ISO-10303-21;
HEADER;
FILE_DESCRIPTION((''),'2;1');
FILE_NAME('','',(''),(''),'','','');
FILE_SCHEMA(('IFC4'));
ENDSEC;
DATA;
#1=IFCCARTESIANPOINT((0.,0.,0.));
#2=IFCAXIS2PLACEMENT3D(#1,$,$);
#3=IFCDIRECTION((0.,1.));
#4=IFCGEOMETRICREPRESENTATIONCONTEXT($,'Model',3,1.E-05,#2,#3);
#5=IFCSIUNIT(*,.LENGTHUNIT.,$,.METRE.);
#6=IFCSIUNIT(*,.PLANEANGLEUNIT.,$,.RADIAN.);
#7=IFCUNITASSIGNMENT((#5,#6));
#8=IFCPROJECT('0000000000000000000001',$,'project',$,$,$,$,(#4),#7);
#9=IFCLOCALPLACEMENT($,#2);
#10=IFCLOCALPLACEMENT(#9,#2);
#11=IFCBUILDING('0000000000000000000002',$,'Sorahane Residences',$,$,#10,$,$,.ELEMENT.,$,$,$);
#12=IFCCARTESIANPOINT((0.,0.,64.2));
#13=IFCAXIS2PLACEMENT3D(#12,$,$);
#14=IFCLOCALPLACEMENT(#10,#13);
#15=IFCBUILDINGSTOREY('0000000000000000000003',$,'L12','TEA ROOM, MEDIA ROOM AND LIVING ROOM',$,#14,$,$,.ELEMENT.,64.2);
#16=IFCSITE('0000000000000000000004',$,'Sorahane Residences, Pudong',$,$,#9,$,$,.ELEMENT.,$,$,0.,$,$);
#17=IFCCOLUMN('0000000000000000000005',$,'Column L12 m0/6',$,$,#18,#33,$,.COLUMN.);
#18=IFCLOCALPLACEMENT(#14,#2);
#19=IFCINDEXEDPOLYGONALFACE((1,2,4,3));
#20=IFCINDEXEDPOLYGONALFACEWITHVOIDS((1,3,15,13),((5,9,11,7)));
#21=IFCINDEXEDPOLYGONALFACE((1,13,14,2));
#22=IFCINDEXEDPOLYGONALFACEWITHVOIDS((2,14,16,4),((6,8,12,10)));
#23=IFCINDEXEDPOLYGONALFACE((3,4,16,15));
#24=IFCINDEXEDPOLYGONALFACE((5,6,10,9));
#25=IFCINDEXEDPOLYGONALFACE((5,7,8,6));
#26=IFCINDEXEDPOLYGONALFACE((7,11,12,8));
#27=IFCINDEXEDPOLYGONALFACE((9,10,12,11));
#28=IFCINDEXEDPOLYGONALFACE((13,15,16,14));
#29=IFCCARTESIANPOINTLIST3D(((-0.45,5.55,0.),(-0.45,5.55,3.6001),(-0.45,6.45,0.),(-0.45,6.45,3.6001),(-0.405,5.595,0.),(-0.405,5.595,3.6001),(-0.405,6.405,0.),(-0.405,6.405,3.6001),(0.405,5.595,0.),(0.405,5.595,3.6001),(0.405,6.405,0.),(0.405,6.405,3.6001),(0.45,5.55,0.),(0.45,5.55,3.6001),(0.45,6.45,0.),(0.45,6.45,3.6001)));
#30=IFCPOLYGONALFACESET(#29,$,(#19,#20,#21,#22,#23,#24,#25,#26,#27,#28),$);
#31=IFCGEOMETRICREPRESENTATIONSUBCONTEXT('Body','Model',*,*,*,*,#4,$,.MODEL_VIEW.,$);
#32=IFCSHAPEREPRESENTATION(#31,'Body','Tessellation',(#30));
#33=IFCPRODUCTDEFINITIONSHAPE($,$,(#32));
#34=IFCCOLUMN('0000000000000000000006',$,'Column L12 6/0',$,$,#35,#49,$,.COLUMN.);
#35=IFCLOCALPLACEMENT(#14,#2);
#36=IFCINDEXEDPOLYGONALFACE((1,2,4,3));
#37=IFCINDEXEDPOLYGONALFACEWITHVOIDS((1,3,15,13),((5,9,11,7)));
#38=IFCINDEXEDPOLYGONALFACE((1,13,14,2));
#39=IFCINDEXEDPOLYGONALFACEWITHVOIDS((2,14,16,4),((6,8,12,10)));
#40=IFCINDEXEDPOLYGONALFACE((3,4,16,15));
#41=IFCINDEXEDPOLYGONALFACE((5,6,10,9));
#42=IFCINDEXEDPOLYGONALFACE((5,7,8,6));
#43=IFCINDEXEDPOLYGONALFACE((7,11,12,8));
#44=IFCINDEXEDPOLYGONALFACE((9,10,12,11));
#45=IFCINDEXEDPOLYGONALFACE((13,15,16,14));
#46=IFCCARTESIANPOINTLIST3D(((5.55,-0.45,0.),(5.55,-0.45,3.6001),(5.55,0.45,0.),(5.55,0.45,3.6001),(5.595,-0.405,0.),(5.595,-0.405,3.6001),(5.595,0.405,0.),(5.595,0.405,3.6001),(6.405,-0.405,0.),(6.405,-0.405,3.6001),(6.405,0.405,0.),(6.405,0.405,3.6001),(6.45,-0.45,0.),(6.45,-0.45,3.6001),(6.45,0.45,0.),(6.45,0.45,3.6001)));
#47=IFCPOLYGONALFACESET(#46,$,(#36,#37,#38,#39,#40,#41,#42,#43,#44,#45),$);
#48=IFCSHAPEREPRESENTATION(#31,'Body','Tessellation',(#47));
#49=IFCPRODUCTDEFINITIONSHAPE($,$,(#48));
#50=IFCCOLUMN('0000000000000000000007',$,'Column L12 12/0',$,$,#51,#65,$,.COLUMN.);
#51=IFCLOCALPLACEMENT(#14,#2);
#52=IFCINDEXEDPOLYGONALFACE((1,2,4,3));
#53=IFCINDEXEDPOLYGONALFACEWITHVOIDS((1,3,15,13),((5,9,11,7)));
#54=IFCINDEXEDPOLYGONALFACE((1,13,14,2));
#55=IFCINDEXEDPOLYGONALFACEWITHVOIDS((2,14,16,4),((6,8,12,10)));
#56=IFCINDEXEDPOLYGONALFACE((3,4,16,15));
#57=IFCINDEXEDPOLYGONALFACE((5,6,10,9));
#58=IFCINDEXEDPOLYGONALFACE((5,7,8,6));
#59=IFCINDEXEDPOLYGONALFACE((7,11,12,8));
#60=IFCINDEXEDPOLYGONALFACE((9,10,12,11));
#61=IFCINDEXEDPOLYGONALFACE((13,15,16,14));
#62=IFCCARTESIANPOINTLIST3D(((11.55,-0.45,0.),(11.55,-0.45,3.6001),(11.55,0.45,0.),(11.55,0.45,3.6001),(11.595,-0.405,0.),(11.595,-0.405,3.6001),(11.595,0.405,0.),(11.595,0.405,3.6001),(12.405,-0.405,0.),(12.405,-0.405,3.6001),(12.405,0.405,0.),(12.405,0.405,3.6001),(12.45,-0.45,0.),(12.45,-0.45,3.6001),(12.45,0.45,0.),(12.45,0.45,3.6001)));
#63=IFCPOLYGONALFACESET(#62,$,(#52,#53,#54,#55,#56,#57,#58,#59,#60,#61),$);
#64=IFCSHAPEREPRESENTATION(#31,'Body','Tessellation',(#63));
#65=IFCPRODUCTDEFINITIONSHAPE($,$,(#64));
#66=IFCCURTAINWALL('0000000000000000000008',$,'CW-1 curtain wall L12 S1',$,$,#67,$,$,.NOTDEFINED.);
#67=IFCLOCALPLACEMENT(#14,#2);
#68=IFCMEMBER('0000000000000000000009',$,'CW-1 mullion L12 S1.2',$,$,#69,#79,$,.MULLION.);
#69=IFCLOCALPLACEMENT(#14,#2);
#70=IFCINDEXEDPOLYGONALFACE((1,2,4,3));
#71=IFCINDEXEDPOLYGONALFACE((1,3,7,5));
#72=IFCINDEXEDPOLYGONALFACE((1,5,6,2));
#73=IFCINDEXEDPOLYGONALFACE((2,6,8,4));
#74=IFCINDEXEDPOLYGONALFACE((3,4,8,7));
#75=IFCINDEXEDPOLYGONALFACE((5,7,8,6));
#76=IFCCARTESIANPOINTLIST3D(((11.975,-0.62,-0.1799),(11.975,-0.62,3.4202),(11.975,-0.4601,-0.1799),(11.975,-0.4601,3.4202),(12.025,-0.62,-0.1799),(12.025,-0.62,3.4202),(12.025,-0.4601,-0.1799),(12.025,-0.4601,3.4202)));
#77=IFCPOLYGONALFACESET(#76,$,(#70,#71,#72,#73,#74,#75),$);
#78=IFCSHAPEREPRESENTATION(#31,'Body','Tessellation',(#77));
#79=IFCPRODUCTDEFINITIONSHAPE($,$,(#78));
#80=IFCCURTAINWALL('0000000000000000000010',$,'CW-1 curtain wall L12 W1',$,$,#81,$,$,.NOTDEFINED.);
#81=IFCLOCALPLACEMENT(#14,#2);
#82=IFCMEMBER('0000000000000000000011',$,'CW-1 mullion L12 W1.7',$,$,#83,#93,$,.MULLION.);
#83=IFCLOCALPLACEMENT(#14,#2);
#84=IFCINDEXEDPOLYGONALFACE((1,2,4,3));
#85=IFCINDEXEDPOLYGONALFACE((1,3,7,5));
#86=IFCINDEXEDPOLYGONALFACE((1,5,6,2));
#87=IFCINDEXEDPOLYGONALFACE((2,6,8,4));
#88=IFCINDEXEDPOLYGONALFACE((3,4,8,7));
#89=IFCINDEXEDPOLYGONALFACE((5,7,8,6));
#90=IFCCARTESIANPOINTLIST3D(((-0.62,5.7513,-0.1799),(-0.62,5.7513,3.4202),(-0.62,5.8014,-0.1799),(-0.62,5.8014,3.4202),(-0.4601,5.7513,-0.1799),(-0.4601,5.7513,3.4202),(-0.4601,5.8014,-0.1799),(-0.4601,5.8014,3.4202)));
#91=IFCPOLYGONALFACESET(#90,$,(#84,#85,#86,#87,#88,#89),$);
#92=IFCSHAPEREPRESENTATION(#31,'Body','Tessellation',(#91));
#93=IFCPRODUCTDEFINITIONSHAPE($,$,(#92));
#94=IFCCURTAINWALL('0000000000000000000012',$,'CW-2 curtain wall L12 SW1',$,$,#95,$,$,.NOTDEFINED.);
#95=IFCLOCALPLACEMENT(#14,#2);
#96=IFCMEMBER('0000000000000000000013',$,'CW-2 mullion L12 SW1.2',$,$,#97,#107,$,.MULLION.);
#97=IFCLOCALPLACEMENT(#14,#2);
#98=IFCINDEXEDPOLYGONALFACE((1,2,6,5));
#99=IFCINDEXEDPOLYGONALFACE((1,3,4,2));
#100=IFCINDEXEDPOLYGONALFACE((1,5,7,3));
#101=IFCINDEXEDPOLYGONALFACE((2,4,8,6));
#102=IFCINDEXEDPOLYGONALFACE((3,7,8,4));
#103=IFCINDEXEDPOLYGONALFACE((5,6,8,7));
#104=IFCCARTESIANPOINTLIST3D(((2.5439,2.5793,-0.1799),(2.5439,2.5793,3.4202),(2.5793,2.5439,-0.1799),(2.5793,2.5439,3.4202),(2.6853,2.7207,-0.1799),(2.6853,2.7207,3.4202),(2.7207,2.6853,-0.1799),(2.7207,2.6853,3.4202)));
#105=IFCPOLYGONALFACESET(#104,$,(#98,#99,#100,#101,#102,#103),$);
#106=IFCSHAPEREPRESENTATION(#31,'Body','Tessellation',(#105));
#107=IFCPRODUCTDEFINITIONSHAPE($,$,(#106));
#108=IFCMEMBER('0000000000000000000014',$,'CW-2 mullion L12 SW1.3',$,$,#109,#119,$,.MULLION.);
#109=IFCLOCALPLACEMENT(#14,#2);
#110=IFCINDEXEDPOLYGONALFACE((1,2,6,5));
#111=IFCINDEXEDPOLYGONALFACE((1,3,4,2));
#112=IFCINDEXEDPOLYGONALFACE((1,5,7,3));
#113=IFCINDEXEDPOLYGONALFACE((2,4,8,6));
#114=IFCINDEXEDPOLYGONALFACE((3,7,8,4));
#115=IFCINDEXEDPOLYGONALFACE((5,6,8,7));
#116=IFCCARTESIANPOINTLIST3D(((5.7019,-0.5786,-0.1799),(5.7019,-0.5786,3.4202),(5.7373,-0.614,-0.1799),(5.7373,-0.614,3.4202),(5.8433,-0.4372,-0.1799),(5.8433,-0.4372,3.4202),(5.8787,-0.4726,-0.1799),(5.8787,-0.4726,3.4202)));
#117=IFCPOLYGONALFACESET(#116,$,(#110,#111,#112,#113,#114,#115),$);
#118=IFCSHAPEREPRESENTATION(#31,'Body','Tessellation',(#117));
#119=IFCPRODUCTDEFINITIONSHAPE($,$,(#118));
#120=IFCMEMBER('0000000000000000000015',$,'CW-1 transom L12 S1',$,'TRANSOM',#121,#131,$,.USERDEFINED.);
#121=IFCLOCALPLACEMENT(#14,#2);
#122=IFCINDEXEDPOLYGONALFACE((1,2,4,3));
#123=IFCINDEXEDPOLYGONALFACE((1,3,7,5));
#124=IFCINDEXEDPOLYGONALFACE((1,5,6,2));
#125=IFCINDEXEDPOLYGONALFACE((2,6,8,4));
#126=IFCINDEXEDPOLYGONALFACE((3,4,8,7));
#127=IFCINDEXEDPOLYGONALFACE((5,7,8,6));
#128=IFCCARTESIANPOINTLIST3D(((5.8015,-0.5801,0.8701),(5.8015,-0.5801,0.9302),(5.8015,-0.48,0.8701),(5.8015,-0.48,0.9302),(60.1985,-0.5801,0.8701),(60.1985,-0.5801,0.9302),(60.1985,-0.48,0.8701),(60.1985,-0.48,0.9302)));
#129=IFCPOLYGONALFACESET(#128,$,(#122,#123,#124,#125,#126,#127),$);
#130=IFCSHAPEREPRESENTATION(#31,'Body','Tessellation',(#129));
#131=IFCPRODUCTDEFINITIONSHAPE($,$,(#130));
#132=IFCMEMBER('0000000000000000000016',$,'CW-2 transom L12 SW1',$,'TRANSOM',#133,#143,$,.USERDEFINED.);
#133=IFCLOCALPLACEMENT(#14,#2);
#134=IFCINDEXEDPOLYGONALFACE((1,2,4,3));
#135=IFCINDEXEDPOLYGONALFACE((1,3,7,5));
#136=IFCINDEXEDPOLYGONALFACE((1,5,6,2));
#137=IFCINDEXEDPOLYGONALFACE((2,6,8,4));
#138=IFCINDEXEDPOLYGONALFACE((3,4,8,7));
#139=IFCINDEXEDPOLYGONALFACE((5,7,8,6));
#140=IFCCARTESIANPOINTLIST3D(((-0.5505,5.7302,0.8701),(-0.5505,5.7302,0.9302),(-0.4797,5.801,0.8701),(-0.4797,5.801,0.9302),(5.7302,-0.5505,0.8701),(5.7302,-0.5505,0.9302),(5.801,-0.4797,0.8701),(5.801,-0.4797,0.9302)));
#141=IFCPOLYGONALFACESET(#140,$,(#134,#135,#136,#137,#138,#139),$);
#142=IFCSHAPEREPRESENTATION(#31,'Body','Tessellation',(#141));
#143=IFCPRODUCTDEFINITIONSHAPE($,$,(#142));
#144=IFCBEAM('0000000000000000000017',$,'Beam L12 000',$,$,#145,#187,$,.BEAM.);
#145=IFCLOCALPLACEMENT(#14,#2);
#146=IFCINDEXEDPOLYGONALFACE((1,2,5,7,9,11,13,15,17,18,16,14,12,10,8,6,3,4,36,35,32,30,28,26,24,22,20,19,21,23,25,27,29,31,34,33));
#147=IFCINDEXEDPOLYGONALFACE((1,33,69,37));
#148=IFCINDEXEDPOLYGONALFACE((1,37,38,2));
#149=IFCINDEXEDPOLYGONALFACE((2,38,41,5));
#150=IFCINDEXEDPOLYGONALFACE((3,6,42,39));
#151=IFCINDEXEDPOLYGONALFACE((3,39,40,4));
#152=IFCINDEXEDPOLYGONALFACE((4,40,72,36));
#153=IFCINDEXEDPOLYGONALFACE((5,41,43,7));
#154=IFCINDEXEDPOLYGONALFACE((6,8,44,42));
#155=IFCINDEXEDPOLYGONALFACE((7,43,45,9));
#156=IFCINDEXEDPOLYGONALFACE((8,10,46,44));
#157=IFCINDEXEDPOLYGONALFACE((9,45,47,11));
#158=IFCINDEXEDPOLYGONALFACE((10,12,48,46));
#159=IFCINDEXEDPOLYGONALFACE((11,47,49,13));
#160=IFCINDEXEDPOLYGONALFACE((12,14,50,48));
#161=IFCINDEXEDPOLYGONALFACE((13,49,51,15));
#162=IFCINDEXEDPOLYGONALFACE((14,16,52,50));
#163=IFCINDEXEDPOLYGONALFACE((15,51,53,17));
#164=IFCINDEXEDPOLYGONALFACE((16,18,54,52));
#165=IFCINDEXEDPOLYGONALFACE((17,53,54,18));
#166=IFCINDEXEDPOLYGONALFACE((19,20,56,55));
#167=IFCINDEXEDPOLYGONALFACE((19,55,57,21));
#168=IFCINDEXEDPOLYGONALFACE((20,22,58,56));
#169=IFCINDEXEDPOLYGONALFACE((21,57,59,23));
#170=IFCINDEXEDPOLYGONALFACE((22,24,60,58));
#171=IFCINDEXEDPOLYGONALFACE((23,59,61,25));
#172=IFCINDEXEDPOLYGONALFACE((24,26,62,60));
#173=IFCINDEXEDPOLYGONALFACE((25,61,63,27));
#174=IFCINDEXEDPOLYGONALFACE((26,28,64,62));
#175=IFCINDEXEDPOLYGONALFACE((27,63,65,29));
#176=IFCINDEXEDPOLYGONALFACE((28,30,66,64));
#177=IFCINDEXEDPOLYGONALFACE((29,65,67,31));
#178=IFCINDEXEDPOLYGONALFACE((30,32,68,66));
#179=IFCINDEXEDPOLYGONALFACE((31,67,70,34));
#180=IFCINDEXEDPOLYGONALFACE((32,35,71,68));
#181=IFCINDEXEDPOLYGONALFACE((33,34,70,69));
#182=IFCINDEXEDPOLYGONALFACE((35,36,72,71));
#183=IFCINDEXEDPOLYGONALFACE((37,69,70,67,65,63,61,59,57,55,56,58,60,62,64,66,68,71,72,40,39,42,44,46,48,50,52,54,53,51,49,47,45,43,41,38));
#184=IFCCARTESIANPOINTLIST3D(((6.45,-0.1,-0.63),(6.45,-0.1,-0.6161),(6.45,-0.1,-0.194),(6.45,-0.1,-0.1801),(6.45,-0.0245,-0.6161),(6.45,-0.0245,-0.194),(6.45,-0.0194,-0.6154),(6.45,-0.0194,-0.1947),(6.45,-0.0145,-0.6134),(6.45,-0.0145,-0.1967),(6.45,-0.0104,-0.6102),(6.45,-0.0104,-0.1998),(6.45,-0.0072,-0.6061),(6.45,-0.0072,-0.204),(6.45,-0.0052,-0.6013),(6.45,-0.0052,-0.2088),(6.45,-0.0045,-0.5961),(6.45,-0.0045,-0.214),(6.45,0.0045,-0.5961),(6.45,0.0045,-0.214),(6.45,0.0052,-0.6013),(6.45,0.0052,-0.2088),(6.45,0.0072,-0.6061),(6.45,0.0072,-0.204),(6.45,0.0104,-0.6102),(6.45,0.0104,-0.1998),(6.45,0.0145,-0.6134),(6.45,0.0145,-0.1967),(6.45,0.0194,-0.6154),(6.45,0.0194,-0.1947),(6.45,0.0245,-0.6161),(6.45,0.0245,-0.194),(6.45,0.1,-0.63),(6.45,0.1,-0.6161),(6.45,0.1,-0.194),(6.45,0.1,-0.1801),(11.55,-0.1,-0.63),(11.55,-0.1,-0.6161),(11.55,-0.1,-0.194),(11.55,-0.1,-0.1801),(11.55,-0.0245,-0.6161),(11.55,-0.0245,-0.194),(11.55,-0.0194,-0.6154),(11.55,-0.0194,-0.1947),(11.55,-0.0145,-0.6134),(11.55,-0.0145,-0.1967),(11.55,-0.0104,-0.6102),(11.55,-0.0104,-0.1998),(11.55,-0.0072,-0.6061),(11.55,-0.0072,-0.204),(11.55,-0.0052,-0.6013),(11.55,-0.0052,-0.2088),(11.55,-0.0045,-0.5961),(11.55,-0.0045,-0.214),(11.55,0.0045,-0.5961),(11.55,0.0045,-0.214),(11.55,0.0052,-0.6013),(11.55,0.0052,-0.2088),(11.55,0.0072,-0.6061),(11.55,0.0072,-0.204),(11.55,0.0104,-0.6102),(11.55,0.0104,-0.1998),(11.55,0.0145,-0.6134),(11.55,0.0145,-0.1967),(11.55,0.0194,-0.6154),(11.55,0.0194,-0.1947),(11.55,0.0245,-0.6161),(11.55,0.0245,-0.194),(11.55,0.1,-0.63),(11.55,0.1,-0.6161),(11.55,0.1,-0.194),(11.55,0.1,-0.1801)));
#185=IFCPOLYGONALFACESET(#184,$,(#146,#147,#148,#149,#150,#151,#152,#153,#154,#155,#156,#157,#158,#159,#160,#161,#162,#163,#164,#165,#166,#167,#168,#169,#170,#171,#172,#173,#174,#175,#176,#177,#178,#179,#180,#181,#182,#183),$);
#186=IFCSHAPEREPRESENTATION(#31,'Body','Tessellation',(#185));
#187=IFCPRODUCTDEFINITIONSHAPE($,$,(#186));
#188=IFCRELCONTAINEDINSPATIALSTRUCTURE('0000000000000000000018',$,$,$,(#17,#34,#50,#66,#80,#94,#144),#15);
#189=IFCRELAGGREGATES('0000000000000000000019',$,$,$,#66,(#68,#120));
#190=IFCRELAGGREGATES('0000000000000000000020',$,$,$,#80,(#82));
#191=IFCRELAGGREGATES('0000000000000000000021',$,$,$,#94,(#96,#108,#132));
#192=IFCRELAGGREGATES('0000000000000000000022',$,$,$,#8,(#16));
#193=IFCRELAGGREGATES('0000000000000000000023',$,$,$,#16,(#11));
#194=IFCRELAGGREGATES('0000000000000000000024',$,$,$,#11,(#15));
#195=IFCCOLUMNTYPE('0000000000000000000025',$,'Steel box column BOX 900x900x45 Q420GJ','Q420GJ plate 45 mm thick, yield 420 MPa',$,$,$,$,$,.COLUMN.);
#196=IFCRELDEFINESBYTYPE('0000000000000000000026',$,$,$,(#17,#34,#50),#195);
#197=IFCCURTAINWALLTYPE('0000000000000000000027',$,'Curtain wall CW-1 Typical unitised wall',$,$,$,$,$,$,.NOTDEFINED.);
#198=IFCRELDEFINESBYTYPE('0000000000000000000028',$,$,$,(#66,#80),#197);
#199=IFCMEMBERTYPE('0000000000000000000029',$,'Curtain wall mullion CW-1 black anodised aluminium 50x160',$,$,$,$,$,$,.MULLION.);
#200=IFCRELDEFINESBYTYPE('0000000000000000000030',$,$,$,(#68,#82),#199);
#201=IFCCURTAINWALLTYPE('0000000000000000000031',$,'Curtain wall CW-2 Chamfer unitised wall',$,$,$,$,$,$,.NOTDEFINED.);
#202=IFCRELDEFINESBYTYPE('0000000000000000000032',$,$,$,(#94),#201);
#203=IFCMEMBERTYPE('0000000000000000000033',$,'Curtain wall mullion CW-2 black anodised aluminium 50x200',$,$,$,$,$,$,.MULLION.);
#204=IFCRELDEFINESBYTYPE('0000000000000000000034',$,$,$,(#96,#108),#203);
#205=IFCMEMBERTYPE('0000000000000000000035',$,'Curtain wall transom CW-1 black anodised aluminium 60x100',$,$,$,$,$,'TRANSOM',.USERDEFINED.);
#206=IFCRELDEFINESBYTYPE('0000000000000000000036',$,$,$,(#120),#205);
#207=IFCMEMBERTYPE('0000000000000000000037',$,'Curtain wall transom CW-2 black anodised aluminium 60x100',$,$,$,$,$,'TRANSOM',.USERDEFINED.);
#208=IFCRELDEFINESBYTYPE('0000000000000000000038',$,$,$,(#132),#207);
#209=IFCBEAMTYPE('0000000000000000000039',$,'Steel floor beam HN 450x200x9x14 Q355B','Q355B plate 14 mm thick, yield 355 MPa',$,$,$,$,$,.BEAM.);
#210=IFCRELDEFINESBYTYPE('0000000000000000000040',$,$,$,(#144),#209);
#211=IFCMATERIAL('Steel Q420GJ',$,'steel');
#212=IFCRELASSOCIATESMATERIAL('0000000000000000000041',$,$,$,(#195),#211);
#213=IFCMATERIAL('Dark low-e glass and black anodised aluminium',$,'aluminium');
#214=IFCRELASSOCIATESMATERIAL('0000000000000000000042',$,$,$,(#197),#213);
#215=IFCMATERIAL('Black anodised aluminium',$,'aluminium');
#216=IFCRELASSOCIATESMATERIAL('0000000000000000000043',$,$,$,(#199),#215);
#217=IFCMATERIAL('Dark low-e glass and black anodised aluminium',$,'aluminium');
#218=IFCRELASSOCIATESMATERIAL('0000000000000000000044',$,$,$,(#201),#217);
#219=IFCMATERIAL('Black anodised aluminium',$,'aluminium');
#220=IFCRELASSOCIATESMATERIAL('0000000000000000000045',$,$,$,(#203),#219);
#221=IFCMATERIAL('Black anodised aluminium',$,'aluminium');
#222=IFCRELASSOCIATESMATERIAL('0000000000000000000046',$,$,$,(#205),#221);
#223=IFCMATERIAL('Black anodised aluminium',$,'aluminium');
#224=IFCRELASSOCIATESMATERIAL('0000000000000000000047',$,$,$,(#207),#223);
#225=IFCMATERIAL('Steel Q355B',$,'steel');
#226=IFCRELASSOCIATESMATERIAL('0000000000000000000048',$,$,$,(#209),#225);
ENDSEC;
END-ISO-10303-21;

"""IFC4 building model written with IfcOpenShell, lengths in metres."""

from ifc_helpers import new_model, si_unit, direction, frame, origin, origin_2d, place, context, subcontext, project, spatial, rectangle, hollow_rectangle, i_section, extrude, material, material_profile, profile_set, type_object, element, aggregate, save


model = new_model("IFC4")

# Units and contexts
model_context = context("Model", 3, precision=1e-05, world=origin(), true_north=direction((0.0, 1.0)))
body_context = subcontext(model_context, "Body", "Model", "MODEL_VIEW")
ifc_project = project(units=[si_unit("LENGTHUNIT", "METRE"), si_unit("PLANEANGLEUNIT", "RADIAN")], contexts=[model_context])

# Site, building, storey
site_placement = place(None, origin())
site = spatial("IfcSite", under=ifc_project, at=site_placement, Name="Sorahane Residences, Pudong", CompositionType="ELEMENT", RefElevation=0.0)
building_placement = place(site_placement, origin())
building = spatial("IfcBuilding", under=site, at=building_placement, Name="Sorahane Residences", CompositionType="ELEMENT")
storey_placement = place(building_placement, frame((0.0, 0.0, 64.2)))
storey = spatial("IfcBuildingStorey", under=building, at=storey_placement, Name="L12", Description="TEA ROOM, MEDIA ROOM AND LIVING ROOM", CompositionType="ELEMENT", Elevation=64.2)

# Columns
ifc_material_1 = material(Name="Steel Q420GJ", Category="steel")
ifc_material_profile_1 = material_profile(ifc_material_1, hollow_rectangle(XDim=0.8999, YDim=0.8999, WallThickness=0.0449, at=origin_2d()), Name="BOX 900x900x45")
ifc_profile_set_1 = profile_set([ifc_material_profile_1], Name="Steel Q420GJ")
column_type = type_object("IfcColumnType", Name="Steel box column BOX 900x900x45 Q420GJ", Description="Q420GJ plate 45 mm thick, yield 420 MPa", PredefinedType="COLUMN", material=ifc_profile_set_1)
for number, where, z_axis, x_axis, name in (
    (1, (0.0, 6.0, 0.0), (0.0, 0.0, 1.0), (1.0, 0.0, 0.0), "Column L12 m0/6"),
    (2, (6.0, 0.0, 0.0), (0.0, 0.0, 1.0), (1.0, 0.0, 0.0), "Column L12 6/0"),
    (3, (12.0, 0.0, 0.0), (0.0, 0.0, 1.0), (1.0, 0.0, 0.0), "Column L12 12/0"),
):
    element("IfcColumn", number, at=place(storey_placement, frame(where, z_axis=z_axis, x_axis=x_axis)), inside=storey, type_object=column_type, Name=name, PredefinedType="COLUMN", context=body_context, shape_type="SweptSolid", body=[
        extrude(hollow_rectangle(XDim=0.8999, YDim=0.8999, WallThickness=0.0449, at=origin_2d()), origin(), (0.0, 0.0, 1.0), 3.6001),
    ])

# Curtain walls, members
ifc_material_2 = material(Name="Dark low-e glass and black anodised aluminium", Category="aluminium")
curtain_wall_type_1 = type_object("IfcCurtainWallType", Name="Curtain wall CW-1 Typical unitised wall", PredefinedType="NOTDEFINED", material=ifc_material_2)
curtain_wall_1_placement = place(storey_placement, origin())
curtain_wall_1 = element("IfcCurtainWall", 4, at=curtain_wall_1_placement, inside=storey, type_object=curtain_wall_type_1, Name="CW-1 curtain wall L12 S1", PredefinedType="NOTDEFINED")
ifc_material_3 = material(Name="Black anodised aluminium", Category="aluminium")
ifc_material_profile_2 = material_profile(ifc_material_3, rectangle(XDim=0.1599, YDim=0.05, at=origin_2d()), Name="Curtain wall mullion CW-1 black anodised aluminium 50x160")
ifc_profile_set_2 = profile_set([ifc_material_profile_2], Name="Black anodised aluminium")
member_type_1 = type_object("IfcMemberType", Name="Curtain wall mullion CW-1 black anodised aluminium 50x160", PredefinedType="MULLION", material=ifc_profile_set_2)
member_1_placement = place(storey_placement, frame((12.0, -0.54, -0.1799), z_axis=(0.0, 0.0, 1.0), x_axis=(0.0, -1.0, 0.0)))
member_1 = element("IfcMember", 5, at=member_1_placement, type_object=member_type_1, Name="CW-1 mullion L12 S1.2", PredefinedType="MULLION", context=body_context, shape_type="SweptSolid", body=[
    extrude(rectangle(XDim=0.1599, YDim=0.05, at=origin_2d()), origin(), (0.0, 0.0, 1.0), 3.6001),
])
curtain_wall_2_placement = place(storey_placement, origin())
curtain_wall_2 = element("IfcCurtainWall", 6, at=curtain_wall_2_placement, inside=storey, type_object=curtain_wall_type_1, Name="CW-1 curtain wall L12 W1", PredefinedType="NOTDEFINED")
member_2_placement = place(storey_placement, frame((-0.54, 5.7764, -0.1799), z_axis=(0.0, 0.0, 1.0), x_axis=(-1.0, 0.0, 0.0)))
member_2 = element("IfcMember", 7, at=member_2_placement, type_object=member_type_1, Name="CW-1 mullion L12 W1.7", PredefinedType="MULLION", context=body_context, shape_type="SweptSolid", body=[
    extrude(rectangle(XDim=0.1599, YDim=0.05, at=origin_2d()), origin(), (0.0, 0.0, 1.0), 3.6001),
])

# Curtain wall, members
ifc_material_4 = material(Name="Dark low-e glass and black anodised aluminium", Category="aluminium")
curtain_wall_type_2 = type_object("IfcCurtainWallType", Name="Curtain wall CW-2 Chamfer unitised wall", PredefinedType="NOTDEFINED", material=ifc_material_4)
curtain_wall_3_placement = place(storey_placement, origin())
curtain_wall_3 = element("IfcCurtainWall", 8, at=curtain_wall_3_placement, inside=storey, type_object=curtain_wall_type_2, Name="CW-2 curtain wall L12 SW1", PredefinedType="NOTDEFINED")
ifc_material_5 = material(Name="Black anodised aluminium", Category="aluminium")
ifc_material_profile_3 = material_profile(ifc_material_5, rectangle(XDim=0.2, YDim=0.05, at=origin_2d()), Name="Curtain wall mullion CW-2 black anodised aluminium 50x200")
ifc_profile_set_3 = profile_set([ifc_material_profile_3], Name="Black anodised aluminium")
member_type_2 = type_object("IfcMemberType", Name="Curtain wall mullion CW-2 black anodised aluminium 50x200", PredefinedType="MULLION", material=ifc_profile_set_3)
member_3_placement = place(storey_placement, frame((2.6323, 2.6323, -0.1799), z_axis=(0.0, 0.0, 1.0), x_axis=(-0.707107, -0.707107, 0.0)))
member_3 = element("IfcMember", 9, at=member_3_placement, type_object=member_type_2, Name="CW-2 mullion L12 SW1.2", PredefinedType="MULLION", context=body_context, shape_type="SweptSolid", body=[
    extrude(rectangle(XDim=0.2, YDim=0.05, at=origin_2d()), origin(), (0.0, 0.0, 1.0), 3.6001),
])
member_4_placement = place(storey_placement, frame((5.7903, -0.5256, -0.1799), z_axis=(0.0, 0.0, 1.0), x_axis=(-0.707107, -0.707107, 0.0)))
member_4 = element("IfcMember", 10, at=member_4_placement, type_object=member_type_2, Name="CW-2 mullion L12 SW1.3", PredefinedType="MULLION", context=body_context, shape_type="SweptSolid", body=[
    extrude(rectangle(XDim=0.2, YDim=0.05, at=origin_2d()), origin(), (0.0, 0.0, 1.0), 3.6001),
])

# Members
ifc_material_6 = material(Name="Black anodised aluminium", Category="aluminium")
ifc_material_profile_4 = material_profile(ifc_material_6, rectangle(XDim=0.1001, YDim=0.0601, at=origin_2d()), Name="Curtain wall transom CW-1 black anodised aluminium 60x100")
ifc_profile_set_4 = profile_set([ifc_material_profile_4], Name="Black anodised aluminium")
member_type_3 = type_object("IfcMemberType", Name="Curtain wall transom CW-1 black anodised aluminium 60x100", ElementType="TRANSOM", PredefinedType="USERDEFINED", material=ifc_profile_set_4)
member_5_placement = place(storey_placement, frame((5.8015, -0.53, 0.9001), z_axis=(1.0, 0.0, 0.0), x_axis=(0.0, 1.0, 0.0)))
member_5 = element("IfcMember", 11, at=member_5_placement, type_object=member_type_3, Name="CW-1 transom L12 S1", ObjectType="TRANSOM", PredefinedType="USERDEFINED", context=body_context, shape_type="SweptSolid", body=[
    extrude(rectangle(XDim=0.1001, YDim=0.0601, at=origin_2d()), origin(), (0.0, 0.0, 1.0), 54.397),
])
ifc_material_7 = material(Name="Black anodised aluminium", Category="aluminium")
ifc_material_profile_5 = material_profile(ifc_material_7, rectangle(XDim=0.1001, YDim=0.0601, at=origin_2d()), Name="Curtain wall transom CW-2 black anodised aluminium 60x100")
ifc_profile_set_5 = profile_set([ifc_material_profile_5], Name="Black anodised aluminium")
member_type_4 = type_object("IfcMemberType", Name="Curtain wall transom CW-2 black anodised aluminium 60x100", ElementType="TRANSOM", PredefinedType="USERDEFINED", material=ifc_profile_set_5)
member_6_placement = place(storey_placement, frame((-0.5151, 5.7656, 0.9001), z_axis=(0.707107, -0.707107, 0.0), x_axis=(0.707107, 0.707107, 0.0)))
member_6 = element("IfcMember", 12, at=member_6_placement, type_object=member_type_4, Name="CW-2 transom L12 SW1", ObjectType="TRANSOM", PredefinedType="USERDEFINED", context=body_context, shape_type="SweptSolid", body=[
    extrude(rectangle(XDim=0.1001, YDim=0.0601, at=origin_2d()), origin(), (0.0, 0.0, 1.0), 8.8823),
])

# Beam
ifc_material_8 = material(Name="Steel Q355B", Category="steel")
ifc_material_profile_6 = material_profile(ifc_material_8, i_section(OverallWidth=0.2, OverallDepth=0.45, WebThickness=0.009, FlangeThickness=0.0139, FilletRadius=0.02, at=origin_2d()), Name="HN 450x200x9x14")
ifc_profile_set_6 = profile_set([ifc_material_profile_6], Name="Steel Q355B")
beam_type_1 = type_object("IfcBeamType", Name="Steel floor beam HN 450x200x9x14 Q355B", Description="Q355B plate 14 mm thick, yield 355 MPa", PredefinedType="BEAM", material=ifc_profile_set_6)
for number, where, z_axis, x_axis, name in (
    (13, (6.45, 0.0, -0.405), (1.0, 0.0, 0.0), (0.0, 1.0, 0.0), "Beam L12 000"),
):
    element("IfcBeam", number, at=place(storey_placement, frame(where, z_axis=z_axis, x_axis=x_axis)), inside=storey, type_object=beam_type_1, Name=name, PredefinedType="BEAM", context=body_context, shape_type="SweptSolid", body=[
        extrude(i_section(OverallWidth=0.2, OverallDepth=0.45, WebThickness=0.009, FlangeThickness=0.0139, FilletRadius=0.02, at=origin_2d()), origin(), (0.0, 0.0, 1.0), 5.1001),
    ])

aggregate(curtain_wall_1, [member_1, member_5])
aggregate(curtain_wall_2, [member_2])
aggregate(curtain_wall_3, [member_3, member_4, member_6])

save(model, "model.ifc")
